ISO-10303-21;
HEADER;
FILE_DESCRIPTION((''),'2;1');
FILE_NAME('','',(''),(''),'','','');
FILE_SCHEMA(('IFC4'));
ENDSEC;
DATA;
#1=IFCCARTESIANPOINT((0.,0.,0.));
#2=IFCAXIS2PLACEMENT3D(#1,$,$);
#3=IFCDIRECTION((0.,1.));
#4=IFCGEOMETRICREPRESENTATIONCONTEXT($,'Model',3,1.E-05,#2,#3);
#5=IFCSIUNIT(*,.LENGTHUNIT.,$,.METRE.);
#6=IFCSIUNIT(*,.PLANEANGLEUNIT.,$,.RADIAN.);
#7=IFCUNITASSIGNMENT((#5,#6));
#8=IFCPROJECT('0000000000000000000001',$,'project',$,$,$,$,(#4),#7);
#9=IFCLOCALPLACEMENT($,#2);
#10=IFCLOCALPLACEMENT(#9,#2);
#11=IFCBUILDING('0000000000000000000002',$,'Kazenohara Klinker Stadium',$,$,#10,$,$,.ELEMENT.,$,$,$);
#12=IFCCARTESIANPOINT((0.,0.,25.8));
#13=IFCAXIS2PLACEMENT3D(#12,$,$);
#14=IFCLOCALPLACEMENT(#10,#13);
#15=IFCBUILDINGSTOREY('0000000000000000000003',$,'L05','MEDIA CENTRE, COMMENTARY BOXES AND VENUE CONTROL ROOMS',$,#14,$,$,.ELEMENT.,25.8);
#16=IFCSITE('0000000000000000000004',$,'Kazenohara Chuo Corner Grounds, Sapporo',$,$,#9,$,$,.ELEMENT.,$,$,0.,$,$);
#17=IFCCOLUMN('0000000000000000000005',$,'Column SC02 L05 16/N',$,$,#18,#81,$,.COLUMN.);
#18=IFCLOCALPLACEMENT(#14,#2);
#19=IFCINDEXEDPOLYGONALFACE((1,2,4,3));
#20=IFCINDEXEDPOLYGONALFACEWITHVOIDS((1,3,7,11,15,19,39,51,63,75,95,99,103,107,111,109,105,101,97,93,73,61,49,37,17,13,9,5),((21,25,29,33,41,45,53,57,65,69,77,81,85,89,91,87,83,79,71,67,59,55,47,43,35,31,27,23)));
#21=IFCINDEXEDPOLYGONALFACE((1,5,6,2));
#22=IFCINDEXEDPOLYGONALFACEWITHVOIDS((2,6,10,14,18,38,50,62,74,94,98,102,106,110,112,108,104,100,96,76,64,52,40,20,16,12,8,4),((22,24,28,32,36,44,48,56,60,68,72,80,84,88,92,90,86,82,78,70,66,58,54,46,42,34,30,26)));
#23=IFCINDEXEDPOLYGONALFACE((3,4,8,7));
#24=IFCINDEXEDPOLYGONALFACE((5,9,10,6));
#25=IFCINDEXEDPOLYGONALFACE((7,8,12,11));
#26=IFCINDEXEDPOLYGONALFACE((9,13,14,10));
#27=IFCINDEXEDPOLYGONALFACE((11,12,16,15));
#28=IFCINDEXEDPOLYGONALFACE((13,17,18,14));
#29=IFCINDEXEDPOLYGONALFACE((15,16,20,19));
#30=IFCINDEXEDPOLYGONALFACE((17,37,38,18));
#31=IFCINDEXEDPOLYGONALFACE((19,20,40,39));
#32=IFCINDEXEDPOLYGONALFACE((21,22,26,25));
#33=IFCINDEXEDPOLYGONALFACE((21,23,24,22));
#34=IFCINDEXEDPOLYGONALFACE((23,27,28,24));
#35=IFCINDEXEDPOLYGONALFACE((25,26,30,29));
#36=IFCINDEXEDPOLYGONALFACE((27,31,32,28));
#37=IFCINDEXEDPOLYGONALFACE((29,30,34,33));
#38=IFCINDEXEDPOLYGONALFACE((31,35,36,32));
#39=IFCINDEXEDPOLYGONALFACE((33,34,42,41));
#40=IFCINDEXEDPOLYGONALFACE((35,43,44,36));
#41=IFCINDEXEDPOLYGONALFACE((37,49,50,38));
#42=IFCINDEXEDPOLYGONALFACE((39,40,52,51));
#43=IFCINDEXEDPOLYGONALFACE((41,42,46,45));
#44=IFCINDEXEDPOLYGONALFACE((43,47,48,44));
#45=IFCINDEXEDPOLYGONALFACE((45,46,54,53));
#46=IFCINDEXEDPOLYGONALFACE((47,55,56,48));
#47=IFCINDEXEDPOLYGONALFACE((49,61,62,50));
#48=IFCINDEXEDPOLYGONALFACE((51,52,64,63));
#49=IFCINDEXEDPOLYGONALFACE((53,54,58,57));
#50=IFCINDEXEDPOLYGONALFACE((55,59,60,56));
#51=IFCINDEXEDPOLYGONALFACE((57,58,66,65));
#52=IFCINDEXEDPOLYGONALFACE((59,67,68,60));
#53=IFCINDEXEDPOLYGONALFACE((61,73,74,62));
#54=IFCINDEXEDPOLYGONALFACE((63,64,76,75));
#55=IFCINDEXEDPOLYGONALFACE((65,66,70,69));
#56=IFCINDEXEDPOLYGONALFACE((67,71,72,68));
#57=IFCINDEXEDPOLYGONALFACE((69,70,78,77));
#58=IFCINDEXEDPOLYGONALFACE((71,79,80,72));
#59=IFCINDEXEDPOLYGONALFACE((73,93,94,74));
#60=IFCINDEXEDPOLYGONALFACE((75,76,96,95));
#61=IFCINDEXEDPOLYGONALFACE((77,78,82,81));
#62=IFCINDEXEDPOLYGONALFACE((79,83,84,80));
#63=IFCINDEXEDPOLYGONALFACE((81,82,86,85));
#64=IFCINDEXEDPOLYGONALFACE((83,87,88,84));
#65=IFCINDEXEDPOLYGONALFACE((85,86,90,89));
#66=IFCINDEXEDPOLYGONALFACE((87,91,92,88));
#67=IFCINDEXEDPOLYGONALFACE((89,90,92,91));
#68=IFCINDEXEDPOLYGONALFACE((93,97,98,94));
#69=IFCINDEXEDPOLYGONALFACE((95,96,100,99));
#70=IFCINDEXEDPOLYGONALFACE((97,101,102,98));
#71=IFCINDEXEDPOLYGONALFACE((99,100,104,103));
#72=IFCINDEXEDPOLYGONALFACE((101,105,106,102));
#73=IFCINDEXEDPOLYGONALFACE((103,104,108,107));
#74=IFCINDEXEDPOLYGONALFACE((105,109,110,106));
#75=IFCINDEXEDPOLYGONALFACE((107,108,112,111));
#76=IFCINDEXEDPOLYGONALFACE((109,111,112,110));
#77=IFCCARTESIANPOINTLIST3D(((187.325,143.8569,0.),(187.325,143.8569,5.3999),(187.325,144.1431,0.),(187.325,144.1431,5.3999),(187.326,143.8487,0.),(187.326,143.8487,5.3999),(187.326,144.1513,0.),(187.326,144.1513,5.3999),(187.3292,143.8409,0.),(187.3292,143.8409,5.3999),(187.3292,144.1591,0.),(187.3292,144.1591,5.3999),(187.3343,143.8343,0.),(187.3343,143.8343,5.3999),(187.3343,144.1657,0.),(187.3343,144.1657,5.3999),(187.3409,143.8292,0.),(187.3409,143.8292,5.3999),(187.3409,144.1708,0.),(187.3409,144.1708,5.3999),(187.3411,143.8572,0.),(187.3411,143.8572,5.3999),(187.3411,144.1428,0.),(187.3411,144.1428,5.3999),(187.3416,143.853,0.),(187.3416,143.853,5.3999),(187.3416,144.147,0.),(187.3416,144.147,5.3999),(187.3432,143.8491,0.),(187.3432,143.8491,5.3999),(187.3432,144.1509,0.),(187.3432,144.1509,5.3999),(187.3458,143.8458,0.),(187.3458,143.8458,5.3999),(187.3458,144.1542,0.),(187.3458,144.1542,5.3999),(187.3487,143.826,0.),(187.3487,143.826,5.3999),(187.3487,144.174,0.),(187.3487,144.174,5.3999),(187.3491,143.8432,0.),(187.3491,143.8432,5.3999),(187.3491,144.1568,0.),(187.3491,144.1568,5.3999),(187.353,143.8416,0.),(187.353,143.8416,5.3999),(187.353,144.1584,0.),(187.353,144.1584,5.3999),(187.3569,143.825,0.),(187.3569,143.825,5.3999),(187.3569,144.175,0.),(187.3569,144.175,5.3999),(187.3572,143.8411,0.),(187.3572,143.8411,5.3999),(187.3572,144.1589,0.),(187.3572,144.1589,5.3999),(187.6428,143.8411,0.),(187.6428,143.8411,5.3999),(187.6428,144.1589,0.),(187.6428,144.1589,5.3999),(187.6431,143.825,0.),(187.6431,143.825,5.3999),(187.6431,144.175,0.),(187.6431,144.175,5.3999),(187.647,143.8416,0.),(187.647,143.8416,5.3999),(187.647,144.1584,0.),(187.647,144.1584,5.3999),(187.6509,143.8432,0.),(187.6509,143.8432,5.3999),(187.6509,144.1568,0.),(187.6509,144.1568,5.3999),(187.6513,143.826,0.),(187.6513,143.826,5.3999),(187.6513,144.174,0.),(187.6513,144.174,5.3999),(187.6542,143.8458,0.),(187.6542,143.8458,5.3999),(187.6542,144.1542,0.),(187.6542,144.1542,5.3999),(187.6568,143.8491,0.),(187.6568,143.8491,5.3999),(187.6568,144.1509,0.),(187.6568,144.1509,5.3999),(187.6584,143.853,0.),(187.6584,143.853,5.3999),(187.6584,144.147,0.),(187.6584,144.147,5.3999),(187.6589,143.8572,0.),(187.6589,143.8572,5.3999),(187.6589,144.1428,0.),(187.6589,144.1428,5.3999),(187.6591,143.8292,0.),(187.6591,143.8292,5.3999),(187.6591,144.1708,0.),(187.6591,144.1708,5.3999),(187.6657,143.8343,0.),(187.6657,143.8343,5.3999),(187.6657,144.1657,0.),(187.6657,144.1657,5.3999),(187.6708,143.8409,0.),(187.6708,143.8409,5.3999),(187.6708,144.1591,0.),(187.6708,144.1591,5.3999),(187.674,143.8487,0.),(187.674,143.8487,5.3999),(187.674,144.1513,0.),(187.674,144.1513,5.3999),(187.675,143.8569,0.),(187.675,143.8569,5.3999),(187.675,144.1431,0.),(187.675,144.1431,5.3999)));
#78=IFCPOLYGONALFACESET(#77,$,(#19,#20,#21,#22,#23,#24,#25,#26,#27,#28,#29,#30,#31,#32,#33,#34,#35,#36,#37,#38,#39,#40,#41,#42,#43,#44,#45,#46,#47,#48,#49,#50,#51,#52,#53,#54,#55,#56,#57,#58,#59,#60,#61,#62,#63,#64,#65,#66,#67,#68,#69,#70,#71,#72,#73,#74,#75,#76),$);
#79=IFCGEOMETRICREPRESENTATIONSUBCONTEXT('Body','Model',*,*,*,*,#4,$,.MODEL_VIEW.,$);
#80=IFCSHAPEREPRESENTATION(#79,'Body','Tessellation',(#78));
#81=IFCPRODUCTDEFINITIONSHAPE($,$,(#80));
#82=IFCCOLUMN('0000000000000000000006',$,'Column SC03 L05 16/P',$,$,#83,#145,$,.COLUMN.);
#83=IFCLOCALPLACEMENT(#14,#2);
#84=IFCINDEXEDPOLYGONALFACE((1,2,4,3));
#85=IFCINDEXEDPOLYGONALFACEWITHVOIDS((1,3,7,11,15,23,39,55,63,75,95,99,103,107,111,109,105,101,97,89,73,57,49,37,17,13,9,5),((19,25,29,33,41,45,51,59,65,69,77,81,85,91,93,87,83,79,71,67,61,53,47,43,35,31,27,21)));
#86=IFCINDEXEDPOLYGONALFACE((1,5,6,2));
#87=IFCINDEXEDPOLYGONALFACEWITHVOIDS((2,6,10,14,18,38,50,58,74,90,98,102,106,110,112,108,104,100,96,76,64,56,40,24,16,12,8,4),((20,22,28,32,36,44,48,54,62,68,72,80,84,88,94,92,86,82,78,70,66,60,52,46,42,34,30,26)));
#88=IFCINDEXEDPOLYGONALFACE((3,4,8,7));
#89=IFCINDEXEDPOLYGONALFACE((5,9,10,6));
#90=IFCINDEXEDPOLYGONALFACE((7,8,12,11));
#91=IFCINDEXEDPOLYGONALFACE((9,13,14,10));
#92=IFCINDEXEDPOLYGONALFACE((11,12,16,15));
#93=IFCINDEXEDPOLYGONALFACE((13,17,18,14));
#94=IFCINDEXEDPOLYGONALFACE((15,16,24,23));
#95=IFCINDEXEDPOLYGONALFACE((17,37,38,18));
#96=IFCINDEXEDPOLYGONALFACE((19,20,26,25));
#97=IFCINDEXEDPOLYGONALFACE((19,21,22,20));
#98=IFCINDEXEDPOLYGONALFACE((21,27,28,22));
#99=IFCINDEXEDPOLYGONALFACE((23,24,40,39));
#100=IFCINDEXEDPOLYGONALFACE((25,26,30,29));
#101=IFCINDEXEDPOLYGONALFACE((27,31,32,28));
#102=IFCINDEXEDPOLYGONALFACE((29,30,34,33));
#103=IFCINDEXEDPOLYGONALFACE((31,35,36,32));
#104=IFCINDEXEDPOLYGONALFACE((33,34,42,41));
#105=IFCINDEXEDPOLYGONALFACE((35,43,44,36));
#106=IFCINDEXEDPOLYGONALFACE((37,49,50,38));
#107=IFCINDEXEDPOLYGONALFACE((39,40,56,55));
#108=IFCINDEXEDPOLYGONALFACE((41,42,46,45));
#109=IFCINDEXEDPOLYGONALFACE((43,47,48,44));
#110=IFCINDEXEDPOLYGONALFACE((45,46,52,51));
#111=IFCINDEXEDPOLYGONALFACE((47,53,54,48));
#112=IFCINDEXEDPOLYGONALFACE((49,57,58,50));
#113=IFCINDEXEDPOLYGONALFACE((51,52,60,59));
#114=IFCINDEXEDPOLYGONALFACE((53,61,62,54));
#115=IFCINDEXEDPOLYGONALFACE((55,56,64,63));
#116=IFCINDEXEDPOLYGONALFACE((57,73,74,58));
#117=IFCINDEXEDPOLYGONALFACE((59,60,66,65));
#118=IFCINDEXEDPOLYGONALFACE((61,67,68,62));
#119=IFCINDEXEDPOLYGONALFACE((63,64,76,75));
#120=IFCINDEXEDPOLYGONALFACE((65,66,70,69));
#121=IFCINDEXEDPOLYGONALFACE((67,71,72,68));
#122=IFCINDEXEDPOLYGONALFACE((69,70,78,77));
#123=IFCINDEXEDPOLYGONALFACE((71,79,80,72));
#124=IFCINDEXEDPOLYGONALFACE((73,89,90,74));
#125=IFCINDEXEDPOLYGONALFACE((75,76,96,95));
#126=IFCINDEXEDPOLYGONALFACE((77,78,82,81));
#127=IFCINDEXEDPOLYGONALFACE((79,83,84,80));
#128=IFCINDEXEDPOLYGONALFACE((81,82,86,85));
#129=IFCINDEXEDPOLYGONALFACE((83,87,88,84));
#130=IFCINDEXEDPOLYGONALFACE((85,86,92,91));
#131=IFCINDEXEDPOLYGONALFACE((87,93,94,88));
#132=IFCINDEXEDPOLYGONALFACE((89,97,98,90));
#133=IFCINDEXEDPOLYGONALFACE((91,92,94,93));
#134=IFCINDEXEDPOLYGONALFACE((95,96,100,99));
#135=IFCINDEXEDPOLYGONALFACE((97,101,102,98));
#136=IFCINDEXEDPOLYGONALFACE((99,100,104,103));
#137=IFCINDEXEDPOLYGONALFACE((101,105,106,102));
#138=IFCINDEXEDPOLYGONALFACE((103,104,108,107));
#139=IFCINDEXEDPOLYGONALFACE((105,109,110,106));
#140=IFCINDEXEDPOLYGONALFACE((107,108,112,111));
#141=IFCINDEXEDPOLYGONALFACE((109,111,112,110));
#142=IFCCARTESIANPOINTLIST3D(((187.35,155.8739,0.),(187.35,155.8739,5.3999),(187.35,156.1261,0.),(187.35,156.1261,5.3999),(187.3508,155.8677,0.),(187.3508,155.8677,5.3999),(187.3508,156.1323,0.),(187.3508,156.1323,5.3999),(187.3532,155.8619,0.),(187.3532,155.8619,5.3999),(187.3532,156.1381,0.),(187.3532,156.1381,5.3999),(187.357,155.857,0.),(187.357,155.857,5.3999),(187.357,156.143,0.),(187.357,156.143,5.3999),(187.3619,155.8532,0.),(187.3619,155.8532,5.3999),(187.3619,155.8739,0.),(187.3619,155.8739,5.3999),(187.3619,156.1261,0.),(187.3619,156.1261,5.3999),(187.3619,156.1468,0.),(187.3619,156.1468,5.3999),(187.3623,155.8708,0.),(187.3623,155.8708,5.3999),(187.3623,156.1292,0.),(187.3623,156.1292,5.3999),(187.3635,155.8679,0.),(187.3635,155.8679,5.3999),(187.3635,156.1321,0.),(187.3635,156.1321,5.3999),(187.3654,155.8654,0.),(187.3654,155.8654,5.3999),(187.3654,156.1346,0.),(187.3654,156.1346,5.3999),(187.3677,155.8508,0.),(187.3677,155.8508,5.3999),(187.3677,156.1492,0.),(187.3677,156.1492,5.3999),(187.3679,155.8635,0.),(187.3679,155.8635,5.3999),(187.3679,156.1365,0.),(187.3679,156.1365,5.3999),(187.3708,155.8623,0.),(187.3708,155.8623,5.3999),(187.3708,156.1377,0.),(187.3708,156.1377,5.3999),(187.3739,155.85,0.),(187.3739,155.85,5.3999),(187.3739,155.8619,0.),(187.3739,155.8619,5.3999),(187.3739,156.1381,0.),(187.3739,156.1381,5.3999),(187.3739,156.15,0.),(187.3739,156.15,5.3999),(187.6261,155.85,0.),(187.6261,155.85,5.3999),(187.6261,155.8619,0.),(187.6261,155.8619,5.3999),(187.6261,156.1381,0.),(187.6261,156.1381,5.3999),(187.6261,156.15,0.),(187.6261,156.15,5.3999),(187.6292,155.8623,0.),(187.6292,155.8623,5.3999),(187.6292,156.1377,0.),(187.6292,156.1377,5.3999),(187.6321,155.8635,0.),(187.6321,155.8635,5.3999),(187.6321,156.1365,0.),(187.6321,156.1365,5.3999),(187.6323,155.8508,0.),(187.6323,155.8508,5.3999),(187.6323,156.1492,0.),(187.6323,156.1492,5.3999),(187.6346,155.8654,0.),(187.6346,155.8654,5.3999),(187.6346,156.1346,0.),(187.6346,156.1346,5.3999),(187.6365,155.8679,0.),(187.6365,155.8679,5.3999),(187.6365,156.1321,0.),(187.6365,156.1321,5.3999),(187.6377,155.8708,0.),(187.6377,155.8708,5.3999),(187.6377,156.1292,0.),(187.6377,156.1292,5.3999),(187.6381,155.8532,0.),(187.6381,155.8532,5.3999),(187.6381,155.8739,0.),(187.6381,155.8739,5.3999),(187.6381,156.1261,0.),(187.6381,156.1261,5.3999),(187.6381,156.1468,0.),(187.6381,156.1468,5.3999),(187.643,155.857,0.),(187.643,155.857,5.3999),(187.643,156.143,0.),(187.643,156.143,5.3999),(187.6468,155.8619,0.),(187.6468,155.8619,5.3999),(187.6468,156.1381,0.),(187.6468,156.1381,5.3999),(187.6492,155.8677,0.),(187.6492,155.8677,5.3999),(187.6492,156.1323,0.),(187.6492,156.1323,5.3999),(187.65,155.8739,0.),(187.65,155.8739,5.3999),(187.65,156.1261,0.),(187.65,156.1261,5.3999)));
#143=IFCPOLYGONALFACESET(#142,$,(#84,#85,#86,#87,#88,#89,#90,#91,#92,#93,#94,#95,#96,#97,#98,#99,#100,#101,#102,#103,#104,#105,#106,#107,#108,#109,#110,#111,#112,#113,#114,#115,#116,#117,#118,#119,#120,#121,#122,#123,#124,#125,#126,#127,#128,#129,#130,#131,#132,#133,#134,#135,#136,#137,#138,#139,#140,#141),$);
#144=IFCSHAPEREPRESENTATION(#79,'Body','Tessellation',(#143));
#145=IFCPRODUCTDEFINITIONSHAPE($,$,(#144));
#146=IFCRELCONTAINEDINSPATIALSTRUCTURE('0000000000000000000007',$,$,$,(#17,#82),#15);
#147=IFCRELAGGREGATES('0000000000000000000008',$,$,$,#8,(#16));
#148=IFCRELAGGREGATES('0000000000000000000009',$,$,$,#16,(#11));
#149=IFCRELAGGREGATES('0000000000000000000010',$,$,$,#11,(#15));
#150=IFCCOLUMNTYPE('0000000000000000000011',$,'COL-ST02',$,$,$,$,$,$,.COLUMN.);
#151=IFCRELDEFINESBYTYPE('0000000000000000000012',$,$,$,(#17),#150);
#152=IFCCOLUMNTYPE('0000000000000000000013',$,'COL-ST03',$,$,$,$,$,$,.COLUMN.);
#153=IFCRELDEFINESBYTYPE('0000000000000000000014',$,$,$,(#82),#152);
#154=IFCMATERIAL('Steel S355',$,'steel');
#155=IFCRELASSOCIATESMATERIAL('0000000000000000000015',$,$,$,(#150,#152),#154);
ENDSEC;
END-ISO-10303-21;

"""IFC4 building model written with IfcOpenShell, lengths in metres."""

from ifc_helpers import new_model, si_unit, direction, frame, origin, origin_2d, place, context, subcontext, project, spatial, hollow_rectangle, extrude, material, material_profile, profile_set, type_object, element, save


model = new_model("IFC4")

# Units and contexts
model_context = context("Model", 3, precision=1e-05, world=origin(), true_north=direction((0.0, 1.0)))
body_context = subcontext(model_context, "Body", "Model", "MODEL_VIEW")
ifc_project = project(units=[si_unit("LENGTHUNIT", "METRE"), si_unit("PLANEANGLEUNIT", "RADIAN")], contexts=[model_context])

# Site, building, storey
site_placement = place(None, origin())
site = spatial("IfcSite", under=ifc_project, at=site_placement, Name="Kazenohara Chuo Corner Grounds, Sapporo", CompositionType="ELEMENT", RefElevation=0.0)
building_placement = place(site_placement, origin())
building = spatial("IfcBuilding", under=site, at=building_placement, Name="Kazenohara Klinker Stadium", CompositionType="ELEMENT")
storey_placement = place(building_placement, frame((0.0, 0.0, 25.8)))
storey = spatial("IfcBuildingStorey", under=building, at=storey_placement, Name="L05", Description="MEDIA CENTRE, COMMENTARY BOXES AND VENUE CONTROL ROOMS", CompositionType="ELEMENT", Elevation=25.8)

# Columns
ifc_material_1 = material(Name="Steel S355", Category="steel")
ifc_material_profile_1 = material_profile(ifc_material_1, hollow_rectangle(XDim=0.3501, YDim=0.3501, WallThickness=0.0161, InnerFilletRadius=0.0161, OuterFilletRadius=0.032, at=origin_2d()), Name="SHS-350x350x16")
ifc_profile_set_1 = profile_set([ifc_material_profile_1], Name="Steel S355")
column_type_1 = type_object("IfcColumnType", Name="COL-ST02", PredefinedType="COLUMN", material=ifc_profile_set_1)
column_1_placement = place(storey_placement, frame((187.5, 144.0, 0.0), z_axis=(0.0, 0.0, 1.0), x_axis=(1.0, 0.0, 0.0)))
element("IfcColumn", 1, at=column_1_placement, inside=storey, type_object=column_type_1, Name="Column SC02 L05 16/N", PredefinedType="COLUMN", context=body_context, shape_type="SweptSolid", body=[
    extrude(hollow_rectangle(XDim=0.3501, YDim=0.3501, WallThickness=0.0161, InnerFilletRadius=0.0161, OuterFilletRadius=0.032, at=origin_2d()), origin(), (0.0, 0.0, 1.0), 5.3999),
])
ifc_material_profile_2 = material_profile(ifc_material_1, hollow_rectangle(XDim=0.3, YDim=0.3, WallThickness=0.012, InnerFilletRadius=0.012, OuterFilletRadius=0.0239, at=origin_2d()), Name="SHS-300x300x12")
ifc_profile_set_2 = profile_set([ifc_material_profile_2], Name="Steel S355")
column_type_2 = type_object("IfcColumnType", Name="COL-ST03", PredefinedType="COLUMN", material=ifc_profile_set_2)
for number, where, z_axis, x_axis, name in (
    (2, (187.5, 156.0, 0.0), (0.0, 0.0, 1.0), (1.0, 0.0, 0.0), "Column SC03 L05 16/P"),
):
    element("IfcColumn", number, at=place(storey_placement, frame(where, z_axis=z_axis, x_axis=x_axis)), inside=storey, type_object=column_type_2, Name=name, PredefinedType="COLUMN", context=body_context, shape_type="SweptSolid", body=[
        extrude(hollow_rectangle(XDim=0.3, YDim=0.3, WallThickness=0.012, InnerFilletRadius=0.012, OuterFilletRadius=0.0239, at=origin_2d()), origin(), (0.0, 0.0, 1.0), 5.3999),
    ])

save(model, "model.ifc")
